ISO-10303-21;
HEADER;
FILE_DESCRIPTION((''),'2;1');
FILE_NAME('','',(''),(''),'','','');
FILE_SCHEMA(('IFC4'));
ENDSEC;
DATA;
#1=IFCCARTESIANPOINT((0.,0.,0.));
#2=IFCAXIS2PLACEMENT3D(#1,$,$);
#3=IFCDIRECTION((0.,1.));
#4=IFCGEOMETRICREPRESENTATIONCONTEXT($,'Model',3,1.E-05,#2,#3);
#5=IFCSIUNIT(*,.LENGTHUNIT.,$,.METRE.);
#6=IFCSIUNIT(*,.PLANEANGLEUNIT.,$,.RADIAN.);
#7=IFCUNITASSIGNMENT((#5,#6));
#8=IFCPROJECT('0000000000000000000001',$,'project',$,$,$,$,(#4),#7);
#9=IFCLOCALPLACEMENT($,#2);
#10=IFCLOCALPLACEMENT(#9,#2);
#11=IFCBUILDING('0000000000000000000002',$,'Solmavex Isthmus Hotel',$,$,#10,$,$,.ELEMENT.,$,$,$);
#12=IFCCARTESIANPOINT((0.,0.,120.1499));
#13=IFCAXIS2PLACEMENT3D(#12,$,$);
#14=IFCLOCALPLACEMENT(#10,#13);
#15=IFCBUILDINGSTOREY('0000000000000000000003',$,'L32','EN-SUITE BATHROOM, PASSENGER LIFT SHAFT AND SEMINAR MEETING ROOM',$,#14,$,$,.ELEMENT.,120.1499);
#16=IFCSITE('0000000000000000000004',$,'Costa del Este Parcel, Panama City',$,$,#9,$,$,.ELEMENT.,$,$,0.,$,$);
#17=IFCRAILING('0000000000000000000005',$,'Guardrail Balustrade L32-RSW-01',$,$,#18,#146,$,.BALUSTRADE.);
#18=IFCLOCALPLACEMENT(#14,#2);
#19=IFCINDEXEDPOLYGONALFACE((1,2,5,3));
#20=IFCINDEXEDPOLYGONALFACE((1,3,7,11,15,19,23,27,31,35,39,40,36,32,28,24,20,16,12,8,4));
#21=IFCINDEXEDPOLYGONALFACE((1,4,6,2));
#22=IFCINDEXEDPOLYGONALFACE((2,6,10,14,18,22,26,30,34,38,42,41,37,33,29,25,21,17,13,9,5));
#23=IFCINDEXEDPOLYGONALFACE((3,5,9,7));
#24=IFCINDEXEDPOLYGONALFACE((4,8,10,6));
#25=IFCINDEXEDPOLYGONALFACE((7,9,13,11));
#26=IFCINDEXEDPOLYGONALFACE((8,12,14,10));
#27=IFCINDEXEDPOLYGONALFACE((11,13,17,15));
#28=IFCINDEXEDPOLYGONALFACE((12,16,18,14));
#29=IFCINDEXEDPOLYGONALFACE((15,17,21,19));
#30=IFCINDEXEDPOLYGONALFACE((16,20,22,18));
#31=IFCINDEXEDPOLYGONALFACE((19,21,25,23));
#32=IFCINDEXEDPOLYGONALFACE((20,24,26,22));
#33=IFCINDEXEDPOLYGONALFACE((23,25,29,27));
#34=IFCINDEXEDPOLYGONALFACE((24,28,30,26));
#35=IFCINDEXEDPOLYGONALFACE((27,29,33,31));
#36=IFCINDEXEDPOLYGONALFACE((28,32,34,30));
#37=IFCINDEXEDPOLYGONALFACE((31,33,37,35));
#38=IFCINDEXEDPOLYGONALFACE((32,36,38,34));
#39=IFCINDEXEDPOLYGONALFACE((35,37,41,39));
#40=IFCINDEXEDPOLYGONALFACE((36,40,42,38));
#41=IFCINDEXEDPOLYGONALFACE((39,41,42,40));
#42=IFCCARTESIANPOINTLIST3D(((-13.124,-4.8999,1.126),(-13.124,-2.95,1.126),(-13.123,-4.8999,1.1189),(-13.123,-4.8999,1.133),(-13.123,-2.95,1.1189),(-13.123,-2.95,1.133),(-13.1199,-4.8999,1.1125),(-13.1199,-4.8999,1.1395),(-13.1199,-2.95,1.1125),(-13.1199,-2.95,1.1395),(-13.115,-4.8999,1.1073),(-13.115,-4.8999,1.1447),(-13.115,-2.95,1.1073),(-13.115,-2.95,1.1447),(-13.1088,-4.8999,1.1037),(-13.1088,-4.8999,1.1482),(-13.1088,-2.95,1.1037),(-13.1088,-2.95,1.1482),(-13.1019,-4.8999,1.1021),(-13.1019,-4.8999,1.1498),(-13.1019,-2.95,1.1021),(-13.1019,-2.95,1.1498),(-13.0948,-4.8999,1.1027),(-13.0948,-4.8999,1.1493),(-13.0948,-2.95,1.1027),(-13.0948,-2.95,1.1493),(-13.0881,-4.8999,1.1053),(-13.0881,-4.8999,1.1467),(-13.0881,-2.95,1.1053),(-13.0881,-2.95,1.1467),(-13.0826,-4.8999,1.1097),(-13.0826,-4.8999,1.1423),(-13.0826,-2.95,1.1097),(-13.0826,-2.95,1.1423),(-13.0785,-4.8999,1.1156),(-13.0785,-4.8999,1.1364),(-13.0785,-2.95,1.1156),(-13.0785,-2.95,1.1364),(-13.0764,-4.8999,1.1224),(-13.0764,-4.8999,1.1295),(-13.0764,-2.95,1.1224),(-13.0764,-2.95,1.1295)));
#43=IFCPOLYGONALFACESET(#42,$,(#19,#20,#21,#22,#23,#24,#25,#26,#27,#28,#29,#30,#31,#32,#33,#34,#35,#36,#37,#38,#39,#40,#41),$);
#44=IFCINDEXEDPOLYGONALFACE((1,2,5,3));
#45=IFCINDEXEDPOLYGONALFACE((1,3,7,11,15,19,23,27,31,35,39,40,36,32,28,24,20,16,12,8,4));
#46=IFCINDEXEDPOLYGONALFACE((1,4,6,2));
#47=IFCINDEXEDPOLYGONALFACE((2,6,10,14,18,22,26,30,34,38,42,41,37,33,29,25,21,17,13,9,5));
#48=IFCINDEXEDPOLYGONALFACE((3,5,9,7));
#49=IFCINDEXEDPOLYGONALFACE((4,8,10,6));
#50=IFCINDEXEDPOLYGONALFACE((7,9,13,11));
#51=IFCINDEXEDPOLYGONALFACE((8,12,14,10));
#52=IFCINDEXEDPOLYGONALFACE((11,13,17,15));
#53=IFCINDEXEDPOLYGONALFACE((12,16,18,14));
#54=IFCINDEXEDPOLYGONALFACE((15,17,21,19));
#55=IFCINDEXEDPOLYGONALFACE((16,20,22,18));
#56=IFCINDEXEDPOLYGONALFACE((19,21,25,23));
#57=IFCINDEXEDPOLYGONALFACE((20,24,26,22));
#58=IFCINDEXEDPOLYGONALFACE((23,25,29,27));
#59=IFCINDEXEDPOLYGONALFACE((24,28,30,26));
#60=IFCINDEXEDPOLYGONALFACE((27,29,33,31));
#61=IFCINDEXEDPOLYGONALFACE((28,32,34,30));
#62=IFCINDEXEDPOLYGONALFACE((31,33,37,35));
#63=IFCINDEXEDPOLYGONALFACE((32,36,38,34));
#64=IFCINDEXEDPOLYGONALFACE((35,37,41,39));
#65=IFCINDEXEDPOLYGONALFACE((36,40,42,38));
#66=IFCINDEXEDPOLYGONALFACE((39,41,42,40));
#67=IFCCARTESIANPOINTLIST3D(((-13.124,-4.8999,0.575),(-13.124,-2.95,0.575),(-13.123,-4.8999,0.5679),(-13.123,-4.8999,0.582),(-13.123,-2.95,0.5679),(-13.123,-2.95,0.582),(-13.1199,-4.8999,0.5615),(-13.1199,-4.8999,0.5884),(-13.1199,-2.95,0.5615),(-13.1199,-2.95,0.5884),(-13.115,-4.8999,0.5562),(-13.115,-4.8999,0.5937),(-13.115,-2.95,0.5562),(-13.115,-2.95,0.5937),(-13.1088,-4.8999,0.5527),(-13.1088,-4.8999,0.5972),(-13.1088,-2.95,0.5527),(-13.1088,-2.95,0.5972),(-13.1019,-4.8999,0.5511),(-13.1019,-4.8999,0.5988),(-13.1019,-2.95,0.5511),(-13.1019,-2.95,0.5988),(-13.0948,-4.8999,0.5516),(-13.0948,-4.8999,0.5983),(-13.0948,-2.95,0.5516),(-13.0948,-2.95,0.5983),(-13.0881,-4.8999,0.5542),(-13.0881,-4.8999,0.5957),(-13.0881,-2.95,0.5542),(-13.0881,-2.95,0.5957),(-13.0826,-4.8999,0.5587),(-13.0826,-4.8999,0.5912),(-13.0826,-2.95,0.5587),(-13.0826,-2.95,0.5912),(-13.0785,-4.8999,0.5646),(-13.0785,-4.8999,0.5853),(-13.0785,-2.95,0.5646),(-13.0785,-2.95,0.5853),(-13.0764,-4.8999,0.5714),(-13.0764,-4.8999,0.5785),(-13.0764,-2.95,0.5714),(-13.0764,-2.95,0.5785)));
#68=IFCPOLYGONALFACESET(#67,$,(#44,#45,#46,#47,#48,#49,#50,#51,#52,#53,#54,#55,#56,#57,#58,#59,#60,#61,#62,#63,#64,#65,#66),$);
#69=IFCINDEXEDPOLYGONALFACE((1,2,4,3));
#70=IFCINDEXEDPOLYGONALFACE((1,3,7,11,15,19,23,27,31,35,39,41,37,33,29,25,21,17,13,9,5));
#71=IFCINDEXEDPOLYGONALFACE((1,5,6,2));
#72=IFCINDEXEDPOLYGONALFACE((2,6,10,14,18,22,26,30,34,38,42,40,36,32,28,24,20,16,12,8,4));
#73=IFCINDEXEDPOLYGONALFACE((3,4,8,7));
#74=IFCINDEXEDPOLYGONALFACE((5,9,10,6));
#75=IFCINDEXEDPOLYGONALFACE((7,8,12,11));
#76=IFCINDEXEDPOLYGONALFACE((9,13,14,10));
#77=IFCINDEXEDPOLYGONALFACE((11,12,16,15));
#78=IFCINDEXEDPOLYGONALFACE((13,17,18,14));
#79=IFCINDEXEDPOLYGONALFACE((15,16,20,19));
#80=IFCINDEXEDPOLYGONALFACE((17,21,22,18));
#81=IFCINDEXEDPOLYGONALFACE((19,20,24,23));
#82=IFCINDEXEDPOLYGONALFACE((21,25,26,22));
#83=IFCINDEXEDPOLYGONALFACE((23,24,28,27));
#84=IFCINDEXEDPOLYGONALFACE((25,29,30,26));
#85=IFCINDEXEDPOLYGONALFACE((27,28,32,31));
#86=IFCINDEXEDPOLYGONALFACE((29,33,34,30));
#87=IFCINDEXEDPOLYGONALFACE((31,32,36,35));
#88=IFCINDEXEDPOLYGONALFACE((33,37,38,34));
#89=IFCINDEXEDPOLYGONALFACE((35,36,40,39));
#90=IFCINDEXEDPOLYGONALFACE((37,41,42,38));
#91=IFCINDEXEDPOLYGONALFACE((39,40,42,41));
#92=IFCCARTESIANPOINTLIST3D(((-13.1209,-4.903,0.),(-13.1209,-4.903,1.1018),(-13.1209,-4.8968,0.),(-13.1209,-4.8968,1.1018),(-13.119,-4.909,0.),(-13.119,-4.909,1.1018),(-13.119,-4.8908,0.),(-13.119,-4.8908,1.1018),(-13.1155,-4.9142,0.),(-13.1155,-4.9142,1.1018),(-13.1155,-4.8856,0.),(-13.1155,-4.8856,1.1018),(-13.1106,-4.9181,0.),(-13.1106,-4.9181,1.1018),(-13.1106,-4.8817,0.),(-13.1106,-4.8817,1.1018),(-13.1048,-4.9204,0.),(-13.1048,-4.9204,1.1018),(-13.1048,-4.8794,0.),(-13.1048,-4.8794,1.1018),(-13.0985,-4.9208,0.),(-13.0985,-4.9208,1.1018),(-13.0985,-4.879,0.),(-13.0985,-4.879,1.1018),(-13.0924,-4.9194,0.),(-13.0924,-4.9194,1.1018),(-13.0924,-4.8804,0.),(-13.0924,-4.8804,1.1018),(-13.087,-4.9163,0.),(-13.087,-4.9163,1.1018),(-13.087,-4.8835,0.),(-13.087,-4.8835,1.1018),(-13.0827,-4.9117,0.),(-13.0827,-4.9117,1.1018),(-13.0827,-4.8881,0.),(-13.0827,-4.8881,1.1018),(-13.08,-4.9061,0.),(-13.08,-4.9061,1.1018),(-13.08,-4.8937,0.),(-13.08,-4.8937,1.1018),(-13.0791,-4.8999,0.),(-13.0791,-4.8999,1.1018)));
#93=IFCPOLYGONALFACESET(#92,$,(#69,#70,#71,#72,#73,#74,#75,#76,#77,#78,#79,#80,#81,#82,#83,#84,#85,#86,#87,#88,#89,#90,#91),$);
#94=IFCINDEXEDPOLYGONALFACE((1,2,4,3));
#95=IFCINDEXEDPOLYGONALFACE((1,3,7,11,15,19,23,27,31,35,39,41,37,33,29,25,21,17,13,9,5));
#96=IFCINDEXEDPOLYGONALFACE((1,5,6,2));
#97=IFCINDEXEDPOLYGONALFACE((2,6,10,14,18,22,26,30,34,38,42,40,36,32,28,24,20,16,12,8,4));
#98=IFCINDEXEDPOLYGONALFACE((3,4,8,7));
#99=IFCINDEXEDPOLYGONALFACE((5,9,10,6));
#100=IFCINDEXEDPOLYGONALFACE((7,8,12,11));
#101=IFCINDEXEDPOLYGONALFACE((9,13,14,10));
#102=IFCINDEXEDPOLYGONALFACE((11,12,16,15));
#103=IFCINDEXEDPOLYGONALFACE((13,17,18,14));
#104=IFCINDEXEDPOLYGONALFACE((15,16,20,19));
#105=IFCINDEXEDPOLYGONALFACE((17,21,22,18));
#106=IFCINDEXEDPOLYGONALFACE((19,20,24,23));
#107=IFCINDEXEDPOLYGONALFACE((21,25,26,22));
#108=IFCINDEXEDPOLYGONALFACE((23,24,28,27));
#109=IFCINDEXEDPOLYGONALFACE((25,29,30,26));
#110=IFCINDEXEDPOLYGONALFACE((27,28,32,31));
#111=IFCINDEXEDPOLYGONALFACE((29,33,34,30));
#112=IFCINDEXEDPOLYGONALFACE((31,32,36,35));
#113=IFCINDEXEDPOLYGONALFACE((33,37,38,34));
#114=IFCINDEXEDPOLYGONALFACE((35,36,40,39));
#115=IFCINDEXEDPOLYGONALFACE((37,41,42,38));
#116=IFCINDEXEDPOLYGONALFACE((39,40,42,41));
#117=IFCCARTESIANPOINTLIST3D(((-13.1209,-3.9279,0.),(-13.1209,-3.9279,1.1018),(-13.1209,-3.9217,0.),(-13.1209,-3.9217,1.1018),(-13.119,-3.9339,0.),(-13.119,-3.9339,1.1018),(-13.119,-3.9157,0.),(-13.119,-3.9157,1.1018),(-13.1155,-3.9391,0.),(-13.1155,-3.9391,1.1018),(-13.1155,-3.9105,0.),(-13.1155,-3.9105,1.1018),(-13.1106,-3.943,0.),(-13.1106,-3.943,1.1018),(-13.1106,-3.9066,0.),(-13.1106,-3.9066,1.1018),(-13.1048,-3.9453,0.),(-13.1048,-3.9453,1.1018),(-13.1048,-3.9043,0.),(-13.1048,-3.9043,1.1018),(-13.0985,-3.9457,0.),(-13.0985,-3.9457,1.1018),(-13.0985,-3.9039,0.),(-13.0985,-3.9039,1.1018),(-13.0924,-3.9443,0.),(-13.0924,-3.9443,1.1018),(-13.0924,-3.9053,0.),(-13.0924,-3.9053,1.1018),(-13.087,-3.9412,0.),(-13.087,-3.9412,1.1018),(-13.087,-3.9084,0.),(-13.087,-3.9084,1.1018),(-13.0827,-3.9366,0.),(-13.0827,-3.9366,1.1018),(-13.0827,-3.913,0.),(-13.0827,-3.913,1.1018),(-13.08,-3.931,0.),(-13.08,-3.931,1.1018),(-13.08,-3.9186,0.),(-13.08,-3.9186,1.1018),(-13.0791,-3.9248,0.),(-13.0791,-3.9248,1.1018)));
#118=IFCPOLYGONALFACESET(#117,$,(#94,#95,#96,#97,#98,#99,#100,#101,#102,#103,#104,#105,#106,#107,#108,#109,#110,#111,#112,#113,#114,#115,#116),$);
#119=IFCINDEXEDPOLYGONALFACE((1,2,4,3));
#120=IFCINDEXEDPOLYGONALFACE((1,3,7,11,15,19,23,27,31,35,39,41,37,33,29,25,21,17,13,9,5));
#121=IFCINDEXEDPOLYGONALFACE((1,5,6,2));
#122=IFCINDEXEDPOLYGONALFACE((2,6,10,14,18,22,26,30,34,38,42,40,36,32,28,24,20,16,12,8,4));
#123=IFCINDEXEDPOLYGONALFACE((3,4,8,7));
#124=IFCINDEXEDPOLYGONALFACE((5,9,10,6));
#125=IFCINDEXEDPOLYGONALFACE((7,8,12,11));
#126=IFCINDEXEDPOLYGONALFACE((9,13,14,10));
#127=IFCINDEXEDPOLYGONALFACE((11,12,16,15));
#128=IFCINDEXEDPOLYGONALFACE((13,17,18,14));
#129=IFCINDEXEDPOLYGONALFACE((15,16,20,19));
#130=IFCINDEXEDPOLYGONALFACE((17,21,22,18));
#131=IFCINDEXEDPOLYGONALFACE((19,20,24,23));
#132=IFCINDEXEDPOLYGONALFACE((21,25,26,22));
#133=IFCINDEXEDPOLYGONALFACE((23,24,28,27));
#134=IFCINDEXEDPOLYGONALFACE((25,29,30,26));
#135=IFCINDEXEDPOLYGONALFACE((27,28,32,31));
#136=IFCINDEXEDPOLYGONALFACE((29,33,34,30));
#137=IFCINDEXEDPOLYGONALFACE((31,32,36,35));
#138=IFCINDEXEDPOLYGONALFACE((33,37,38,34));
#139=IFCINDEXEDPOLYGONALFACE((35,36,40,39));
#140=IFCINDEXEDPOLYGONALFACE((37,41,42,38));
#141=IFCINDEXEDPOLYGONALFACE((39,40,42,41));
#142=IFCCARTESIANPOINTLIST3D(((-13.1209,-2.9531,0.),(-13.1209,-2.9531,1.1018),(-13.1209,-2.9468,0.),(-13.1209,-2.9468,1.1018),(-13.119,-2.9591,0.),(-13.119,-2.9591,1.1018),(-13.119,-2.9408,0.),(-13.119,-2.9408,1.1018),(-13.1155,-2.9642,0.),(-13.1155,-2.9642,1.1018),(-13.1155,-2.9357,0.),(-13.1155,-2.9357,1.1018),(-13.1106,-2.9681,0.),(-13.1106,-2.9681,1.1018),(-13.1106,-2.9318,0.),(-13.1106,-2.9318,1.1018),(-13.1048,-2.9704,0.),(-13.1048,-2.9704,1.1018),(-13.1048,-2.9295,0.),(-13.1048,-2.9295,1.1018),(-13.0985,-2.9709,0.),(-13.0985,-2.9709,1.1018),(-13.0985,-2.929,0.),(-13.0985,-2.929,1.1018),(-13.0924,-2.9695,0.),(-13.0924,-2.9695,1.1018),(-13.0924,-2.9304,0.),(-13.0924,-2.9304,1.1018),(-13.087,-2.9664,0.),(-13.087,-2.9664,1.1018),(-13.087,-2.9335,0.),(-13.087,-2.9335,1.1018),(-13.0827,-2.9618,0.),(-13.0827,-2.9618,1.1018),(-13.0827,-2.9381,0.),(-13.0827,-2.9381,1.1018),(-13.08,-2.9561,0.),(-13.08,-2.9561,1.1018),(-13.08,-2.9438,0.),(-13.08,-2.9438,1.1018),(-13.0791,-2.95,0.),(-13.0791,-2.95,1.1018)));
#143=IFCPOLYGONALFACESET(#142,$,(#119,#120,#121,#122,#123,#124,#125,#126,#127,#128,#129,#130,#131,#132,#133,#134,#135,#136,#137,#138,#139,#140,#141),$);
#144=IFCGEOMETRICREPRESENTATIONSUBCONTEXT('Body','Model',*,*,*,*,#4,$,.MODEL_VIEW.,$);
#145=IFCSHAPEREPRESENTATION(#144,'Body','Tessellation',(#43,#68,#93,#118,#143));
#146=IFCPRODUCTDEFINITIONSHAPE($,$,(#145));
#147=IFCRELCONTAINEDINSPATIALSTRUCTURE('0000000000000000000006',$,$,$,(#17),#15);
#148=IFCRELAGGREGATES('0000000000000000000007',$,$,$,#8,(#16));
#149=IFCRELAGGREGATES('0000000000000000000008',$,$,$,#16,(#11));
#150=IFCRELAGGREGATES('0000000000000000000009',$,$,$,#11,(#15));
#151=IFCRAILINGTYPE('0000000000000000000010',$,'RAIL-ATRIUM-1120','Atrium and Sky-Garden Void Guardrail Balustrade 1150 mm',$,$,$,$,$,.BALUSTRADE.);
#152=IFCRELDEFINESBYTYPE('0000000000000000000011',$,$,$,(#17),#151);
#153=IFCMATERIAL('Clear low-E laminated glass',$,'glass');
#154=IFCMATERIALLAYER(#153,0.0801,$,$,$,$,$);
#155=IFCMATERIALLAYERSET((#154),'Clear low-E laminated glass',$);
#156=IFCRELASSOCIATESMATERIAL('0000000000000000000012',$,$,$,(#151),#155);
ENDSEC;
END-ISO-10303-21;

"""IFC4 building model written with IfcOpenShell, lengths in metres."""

from ifc_helpers import new_model, si_unit, direction, frame, origin, origin_2d, place, context, subcontext, project, spatial, circle, extrude, material, layer, layer_set, type_object, element, save


model = new_model("IFC4")

# Units and contexts
model_context = context("Model", 3, precision=1e-05, world=origin(), true_north=direction((0.0, 1.0)))
body_context = subcontext(model_context, "Body", "Model", "MODEL_VIEW")
ifc_project = project(units=[si_unit("LENGTHUNIT", "METRE"), si_unit("PLANEANGLEUNIT", "RADIAN")], contexts=[model_context])

# Site, building, storey
site_placement = place(None, origin())
site = spatial("IfcSite", under=ifc_project, at=site_placement, Name="Costa del Este Parcel, Panama City", CompositionType="ELEMENT", RefElevation=0.0)
building_placement = place(site_placement, origin())
building = spatial("IfcBuilding", under=site, at=building_placement, Name="Solmavex Isthmus Hotel", CompositionType="ELEMENT")
storey_placement = place(building_placement, frame((0.0, 0.0, 120.1499)))
storey = spatial("IfcBuildingStorey", under=building, at=storey_placement, Name="L32", Description="EN-SUITE BATHROOM, PASSENGER LIFT SHAFT AND SEMINAR MEETING ROOM", CompositionType="ELEMENT", Elevation=120.1499)

# Shared definitions
ifc_material_1 = material(Name="Clear low-E laminated glass", Category="glass")

# Railing
ifc_layer_1 = layer(ifc_material_1, 0.0801)
ifc_layer_set_1 = layer_set([ifc_layer_1], Name="Clear low-E laminated glass")
railing_type_1 = type_object("IfcRailingType", Name="RAIL-ATRIUM-1120", Description="Atrium and Sky-Garden Void Guardrail Balustrade 1150 mm", PredefinedType="BALUSTRADE", material=ifc_layer_set_1)
railing_1_placement = place(storey_placement, frame((-13.1001, -4.8999, 0.0)))
element("IfcRailing", 1, at=railing_1_placement, inside=storey, type_object=railing_type_1, Name="Guardrail Balustrade L32-RSW-01", PredefinedType="BALUSTRADE", context=body_context, shape_type="SweptSolid", body=[
    extrude(circle(Radius=0.0239, at=origin_2d()), frame((0.0, 0.0, 1.126), z_axis=(0.0, 1.0, 0.0), x_axis=(-1.0, 0.0, 0.0)), (0.0, 0.0, 1.0), 1.95),
    extrude(circle(Radius=0.0239, at=origin_2d()), frame((0.0, 0.0, 0.575), z_axis=(0.0, 1.0, 0.0), x_axis=(-1.0, 0.0, 0.0)), (0.0, 0.0, 1.0), 1.95),
    extrude(circle(Radius=0.021, at=origin_2d()), origin(), (0.0, 0.0, 1.0), 1.1018),
    extrude(circle(Radius=0.021, at=origin_2d()), frame((0.0, 0.9751, 0.0)), (0.0, 0.0, 1.0), 1.1018),
    extrude(circle(Radius=0.021, at=origin_2d()), frame((0.0, 1.95, 0.0)), (0.0, 0.0, 1.0), 1.1018),
])

save(model, "model.ifc")
